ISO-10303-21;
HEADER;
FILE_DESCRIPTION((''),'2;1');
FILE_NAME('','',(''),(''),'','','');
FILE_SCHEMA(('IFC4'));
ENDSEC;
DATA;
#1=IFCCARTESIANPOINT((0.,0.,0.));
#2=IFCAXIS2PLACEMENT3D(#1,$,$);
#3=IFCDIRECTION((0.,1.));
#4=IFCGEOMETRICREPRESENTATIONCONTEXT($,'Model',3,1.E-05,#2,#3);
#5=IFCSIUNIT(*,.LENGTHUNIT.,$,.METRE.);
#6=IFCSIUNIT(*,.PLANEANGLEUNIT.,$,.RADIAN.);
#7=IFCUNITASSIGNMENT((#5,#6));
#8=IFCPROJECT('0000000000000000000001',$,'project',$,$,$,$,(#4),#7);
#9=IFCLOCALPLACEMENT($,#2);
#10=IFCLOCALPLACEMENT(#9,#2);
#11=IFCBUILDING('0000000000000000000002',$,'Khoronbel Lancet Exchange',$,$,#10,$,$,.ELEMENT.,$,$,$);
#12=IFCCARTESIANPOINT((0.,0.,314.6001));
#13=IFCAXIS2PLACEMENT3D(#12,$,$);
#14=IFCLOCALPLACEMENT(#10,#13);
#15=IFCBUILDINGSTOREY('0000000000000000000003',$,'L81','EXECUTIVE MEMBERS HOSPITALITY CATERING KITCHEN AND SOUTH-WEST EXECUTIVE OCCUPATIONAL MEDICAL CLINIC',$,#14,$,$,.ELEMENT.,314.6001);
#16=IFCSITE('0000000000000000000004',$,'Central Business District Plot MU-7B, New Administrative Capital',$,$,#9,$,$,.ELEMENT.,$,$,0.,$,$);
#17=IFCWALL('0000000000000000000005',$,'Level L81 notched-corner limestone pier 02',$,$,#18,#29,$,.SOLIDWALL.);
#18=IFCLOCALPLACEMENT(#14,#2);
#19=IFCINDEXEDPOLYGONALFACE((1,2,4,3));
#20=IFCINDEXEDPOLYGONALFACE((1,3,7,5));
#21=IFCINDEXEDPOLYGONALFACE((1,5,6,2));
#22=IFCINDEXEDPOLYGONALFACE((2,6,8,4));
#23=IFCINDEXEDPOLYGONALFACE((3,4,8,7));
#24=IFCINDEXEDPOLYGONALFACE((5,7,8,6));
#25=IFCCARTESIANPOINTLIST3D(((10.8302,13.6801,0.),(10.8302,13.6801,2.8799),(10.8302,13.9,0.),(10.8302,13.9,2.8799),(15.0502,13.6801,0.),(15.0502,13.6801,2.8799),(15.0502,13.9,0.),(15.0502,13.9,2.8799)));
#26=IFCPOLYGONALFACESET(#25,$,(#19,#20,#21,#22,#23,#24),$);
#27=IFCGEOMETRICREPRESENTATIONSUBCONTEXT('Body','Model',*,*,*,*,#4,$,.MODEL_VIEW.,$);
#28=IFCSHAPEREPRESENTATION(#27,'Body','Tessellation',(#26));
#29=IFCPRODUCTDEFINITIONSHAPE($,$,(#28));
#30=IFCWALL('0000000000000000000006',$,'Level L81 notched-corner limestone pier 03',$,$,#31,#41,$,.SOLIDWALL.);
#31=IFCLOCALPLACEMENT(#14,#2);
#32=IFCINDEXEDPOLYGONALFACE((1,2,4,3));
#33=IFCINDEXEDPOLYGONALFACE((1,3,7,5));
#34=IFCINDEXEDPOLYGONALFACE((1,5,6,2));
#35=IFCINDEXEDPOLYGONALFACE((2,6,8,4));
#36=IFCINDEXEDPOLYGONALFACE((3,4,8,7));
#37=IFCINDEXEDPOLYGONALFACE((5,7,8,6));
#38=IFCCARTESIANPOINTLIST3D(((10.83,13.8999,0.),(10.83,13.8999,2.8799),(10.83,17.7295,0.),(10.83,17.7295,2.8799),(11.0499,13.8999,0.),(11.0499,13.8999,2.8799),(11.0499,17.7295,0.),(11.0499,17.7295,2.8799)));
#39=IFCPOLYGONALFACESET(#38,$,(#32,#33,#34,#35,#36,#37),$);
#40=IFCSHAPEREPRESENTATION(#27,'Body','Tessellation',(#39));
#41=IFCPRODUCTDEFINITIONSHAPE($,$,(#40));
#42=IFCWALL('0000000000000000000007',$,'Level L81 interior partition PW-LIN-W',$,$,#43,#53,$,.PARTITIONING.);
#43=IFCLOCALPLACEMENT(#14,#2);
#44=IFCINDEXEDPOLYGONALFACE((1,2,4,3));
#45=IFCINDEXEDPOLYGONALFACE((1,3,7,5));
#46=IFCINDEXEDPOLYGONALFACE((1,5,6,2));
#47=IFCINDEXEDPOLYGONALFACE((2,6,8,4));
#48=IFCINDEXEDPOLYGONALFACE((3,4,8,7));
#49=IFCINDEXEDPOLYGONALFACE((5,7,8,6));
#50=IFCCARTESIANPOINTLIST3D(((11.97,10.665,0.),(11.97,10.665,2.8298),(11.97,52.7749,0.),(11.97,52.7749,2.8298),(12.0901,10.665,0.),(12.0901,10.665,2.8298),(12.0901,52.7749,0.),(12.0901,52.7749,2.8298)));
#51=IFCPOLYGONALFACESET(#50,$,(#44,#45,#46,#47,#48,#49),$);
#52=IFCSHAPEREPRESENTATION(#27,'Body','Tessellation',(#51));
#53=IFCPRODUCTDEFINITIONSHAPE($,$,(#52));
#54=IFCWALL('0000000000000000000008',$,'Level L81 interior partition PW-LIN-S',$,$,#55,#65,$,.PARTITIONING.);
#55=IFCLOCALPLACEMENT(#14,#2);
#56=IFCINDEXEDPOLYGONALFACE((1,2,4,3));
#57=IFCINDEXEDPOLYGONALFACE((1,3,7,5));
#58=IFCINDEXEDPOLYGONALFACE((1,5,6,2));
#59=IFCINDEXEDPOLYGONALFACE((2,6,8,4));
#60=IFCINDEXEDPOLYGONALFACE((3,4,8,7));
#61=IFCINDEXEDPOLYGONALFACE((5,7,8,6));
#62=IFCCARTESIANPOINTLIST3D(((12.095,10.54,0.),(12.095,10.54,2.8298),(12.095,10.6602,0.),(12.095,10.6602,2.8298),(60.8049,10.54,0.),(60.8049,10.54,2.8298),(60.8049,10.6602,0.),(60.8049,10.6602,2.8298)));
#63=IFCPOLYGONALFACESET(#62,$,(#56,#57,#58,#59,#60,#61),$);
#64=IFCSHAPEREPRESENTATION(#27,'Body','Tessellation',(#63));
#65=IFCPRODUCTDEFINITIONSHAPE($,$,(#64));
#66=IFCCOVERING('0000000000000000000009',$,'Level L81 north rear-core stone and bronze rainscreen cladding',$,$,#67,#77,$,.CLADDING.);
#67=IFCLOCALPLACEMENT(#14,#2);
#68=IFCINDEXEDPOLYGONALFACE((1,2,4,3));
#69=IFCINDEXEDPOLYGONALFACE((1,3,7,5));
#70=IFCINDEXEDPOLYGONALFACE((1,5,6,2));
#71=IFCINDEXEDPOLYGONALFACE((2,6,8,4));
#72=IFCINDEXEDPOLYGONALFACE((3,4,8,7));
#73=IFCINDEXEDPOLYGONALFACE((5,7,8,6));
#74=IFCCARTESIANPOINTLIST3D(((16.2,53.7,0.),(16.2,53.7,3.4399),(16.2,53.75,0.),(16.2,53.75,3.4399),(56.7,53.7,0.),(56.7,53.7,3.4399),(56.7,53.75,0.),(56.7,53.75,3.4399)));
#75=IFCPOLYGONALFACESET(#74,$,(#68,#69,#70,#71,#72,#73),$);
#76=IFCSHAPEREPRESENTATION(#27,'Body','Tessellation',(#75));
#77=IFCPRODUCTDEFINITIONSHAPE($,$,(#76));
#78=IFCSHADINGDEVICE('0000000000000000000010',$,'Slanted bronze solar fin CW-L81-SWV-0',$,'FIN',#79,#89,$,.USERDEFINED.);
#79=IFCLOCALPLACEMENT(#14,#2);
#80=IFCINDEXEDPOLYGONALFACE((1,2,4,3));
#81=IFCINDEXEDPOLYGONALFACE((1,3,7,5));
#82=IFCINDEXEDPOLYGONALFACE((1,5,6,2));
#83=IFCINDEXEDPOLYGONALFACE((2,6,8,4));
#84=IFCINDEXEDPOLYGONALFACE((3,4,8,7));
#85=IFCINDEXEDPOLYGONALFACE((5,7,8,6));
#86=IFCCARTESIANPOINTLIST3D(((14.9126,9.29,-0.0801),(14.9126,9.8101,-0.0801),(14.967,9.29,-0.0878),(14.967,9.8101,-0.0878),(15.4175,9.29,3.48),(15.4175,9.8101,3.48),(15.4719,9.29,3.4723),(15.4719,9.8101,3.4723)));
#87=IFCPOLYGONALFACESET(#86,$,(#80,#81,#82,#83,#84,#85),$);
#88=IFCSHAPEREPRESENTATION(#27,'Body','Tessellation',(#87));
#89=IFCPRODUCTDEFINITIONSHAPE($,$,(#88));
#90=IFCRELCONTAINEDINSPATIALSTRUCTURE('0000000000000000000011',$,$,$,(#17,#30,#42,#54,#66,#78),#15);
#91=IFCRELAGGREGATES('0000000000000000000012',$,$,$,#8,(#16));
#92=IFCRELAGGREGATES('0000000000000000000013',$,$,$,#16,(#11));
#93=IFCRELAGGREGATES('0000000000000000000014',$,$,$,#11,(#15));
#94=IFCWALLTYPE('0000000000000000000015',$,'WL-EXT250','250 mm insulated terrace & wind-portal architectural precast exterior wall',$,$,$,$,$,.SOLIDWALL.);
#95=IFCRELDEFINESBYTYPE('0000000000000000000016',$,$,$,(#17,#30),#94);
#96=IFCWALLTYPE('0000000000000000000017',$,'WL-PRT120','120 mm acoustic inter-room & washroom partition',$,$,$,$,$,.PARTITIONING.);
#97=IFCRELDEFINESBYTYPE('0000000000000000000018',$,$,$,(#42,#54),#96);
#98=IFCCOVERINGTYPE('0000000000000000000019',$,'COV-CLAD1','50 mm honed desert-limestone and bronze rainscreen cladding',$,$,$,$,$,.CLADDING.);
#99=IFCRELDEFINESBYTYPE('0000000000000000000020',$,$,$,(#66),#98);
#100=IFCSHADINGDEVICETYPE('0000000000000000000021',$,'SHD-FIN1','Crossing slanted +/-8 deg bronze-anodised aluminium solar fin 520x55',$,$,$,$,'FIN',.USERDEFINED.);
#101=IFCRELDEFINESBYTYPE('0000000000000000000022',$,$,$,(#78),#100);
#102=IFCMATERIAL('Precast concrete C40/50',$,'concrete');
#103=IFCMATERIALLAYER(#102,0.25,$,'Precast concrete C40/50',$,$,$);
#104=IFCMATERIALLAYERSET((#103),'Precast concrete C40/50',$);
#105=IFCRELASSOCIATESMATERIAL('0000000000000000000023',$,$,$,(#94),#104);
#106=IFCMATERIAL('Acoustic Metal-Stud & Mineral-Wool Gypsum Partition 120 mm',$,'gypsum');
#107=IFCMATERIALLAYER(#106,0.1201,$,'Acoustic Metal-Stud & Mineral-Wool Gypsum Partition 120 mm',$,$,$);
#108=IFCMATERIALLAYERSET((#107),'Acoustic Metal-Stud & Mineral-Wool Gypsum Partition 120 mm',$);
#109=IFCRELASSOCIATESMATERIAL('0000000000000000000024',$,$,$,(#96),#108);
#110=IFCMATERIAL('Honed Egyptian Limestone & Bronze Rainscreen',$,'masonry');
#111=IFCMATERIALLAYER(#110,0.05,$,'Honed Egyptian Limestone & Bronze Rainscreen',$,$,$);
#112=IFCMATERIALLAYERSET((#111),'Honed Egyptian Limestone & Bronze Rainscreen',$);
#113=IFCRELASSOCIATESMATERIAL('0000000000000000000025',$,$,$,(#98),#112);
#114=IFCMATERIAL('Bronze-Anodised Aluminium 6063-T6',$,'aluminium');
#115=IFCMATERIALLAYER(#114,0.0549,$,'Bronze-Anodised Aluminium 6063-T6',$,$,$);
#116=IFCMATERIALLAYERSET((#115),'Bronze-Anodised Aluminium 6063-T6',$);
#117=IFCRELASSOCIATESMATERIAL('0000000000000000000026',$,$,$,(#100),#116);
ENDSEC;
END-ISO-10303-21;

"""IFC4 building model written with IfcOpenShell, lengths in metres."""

from ifc_helpers import new_model, si_unit, direction, frame, frame_2d, origin, place, context, subcontext, project, spatial, polyline, rectangle, outline, extrude, material, layer, layer_set, type_object, element, save


model = new_model("IFC4")

# Units and contexts
model_context = context("Model", 3, precision=1e-05, world=origin(), true_north=direction((0.0, 1.0)))
body_context = subcontext(model_context, "Body", "Model", "MODEL_VIEW")
ifc_project = project(units=[si_unit("LENGTHUNIT", "METRE"), si_unit("PLANEANGLEUNIT", "RADIAN")], contexts=[model_context])

# Site, building, storey
site_placement = place(None, origin())
site = spatial("IfcSite", under=ifc_project, at=site_placement, Name="Central Business District Plot MU-7B, New Administrative Capital", CompositionType="ELEMENT", RefElevation=0.0)
building_placement = place(site_placement, origin())
building = spatial("IfcBuilding", under=site, at=building_placement, Name="Khoronbel Lancet Exchange", CompositionType="ELEMENT")
storey_placement = place(building_placement, frame((0.0, 0.0, 314.6001)))
storey = spatial("IfcBuildingStorey", under=building, at=storey_placement, Name="L81", Description="EXECUTIVE MEMBERS HOSPITALITY CATERING KITCHEN AND SOUTH-WEST EXECUTIVE OCCUPATIONAL MEDICAL CLINIC", CompositionType="ELEMENT", Elevation=314.6001)

# Shared definitions
ifc_material_1 = material(Name="Bronze-Anodised Aluminium 6063-T6", Category="aluminium")

# Walls
ifc_material_2 = material(Name="Precast concrete C40/50", Category="concrete")
ifc_layer_1 = layer(ifc_material_2, 0.25, Name="Precast concrete C40/50")
ifc_layer_set_1 = layer_set([ifc_layer_1], Name="Precast concrete C40/50")
wall_type_1 = type_object("IfcWallType", Name="WL-EXT250", Description="250 mm insulated terrace & wind-portal architectural precast exterior wall", PredefinedType="SOLIDWALL", material=ifc_layer_set_1)
wall_1_placement = place(storey_placement, frame((15.05, 13.79, 0.0), z_axis=(0.0, 0.0, 1.0), x_axis=(-1.0, 0.0, 0.0)))
element("IfcWall", 1, at=wall_1_placement, inside=storey, type_object=wall_type_1, Name="Level L81 notched-corner limestone pier 02", PredefinedType="SOLIDWALL", context=body_context, shape_type="SweptSolid", body=[
    extrude(rectangle(XDim=4.22, YDim=0.22, at=frame_2d((2.1099, 0.0))), origin(), (0.0, 0.0, 1.0), 2.8799),
])
wall_2_placement = place(storey_placement, frame((10.9399, 13.8999, 0.0), z_axis=(0.0, 0.0, 1.0), x_axis=(0.0, 1.0, 0.0)))
element("IfcWall", 2, at=wall_2_placement, inside=storey, type_object=wall_type_1, Name="Level L81 notched-corner limestone pier 03", PredefinedType="SOLIDWALL", context=body_context, shape_type="SweptSolid", body=[
    extrude(rectangle(XDim=3.8296, YDim=0.22, at=frame_2d((1.9148, 0.0))), origin(), (0.0, 0.0, 1.0), 2.8799),
])
ifc_material_3 = material(Name="Acoustic Metal-Stud & Mineral-Wool Gypsum Partition 120 mm", Category="gypsum")
ifc_layer_2 = layer(ifc_material_3, 0.1201, Name="Acoustic Metal-Stud & Mineral-Wool Gypsum Partition 120 mm")
ifc_layer_set_2 = layer_set([ifc_layer_2], Name="Acoustic Metal-Stud & Mineral-Wool Gypsum Partition 120 mm")
wall_type_2 = type_object("IfcWallType", Name="WL-PRT120", Description="120 mm acoustic inter-room & washroom partition", PredefinedType="PARTITIONING", material=ifc_layer_set_2)
wall_3_placement = place(storey_placement, frame((12.03, 10.665, 0.0), z_axis=(0.0, 0.0, 1.0), x_axis=(0.0, 1.0, 0.0)))
element("IfcWall", 3, at=wall_3_placement, inside=storey, type_object=wall_type_2, Name="Level L81 interior partition PW-LIN-W", PredefinedType="PARTITIONING", context=body_context, shape_type="SweptSolid", body=[
    extrude(rectangle(XDim=42.1099, YDim=0.1201, at=frame_2d((21.0549, 0.0))), origin(), (0.0, 0.0, 1.0), 2.8298),
])
wall_4_placement = place(storey_placement, frame((12.095, 10.6001, 0.0), z_axis=(0.0, 0.0, 1.0), x_axis=(1.0, 0.0, 0.0)))
element("IfcWall", 4, at=wall_4_placement, inside=storey, type_object=wall_type_2, Name="Level L81 interior partition PW-LIN-S", PredefinedType="PARTITIONING", context=body_context, shape_type="SweptSolid", body=[
    extrude(rectangle(XDim=48.71, YDim=0.1201, at=frame_2d((24.355, 0.0))), origin(), (0.0, 0.0, 1.0), 2.8298),
])

# Covering
ifc_material_4 = material(Name="Honed Egyptian Limestone & Bronze Rainscreen", Category="masonry")
ifc_layer_3 = layer(ifc_material_4, 0.05, Name="Honed Egyptian Limestone & Bronze Rainscreen")
ifc_layer_set_3 = layer_set([ifc_layer_3], Name="Honed Egyptian Limestone & Bronze Rainscreen")
covering_type = type_object("IfcCoveringType", Name="COV-CLAD1", Description="50 mm honed desert-limestone and bronze rainscreen cladding", PredefinedType="CLADDING", material=ifc_layer_set_3)
covering_placement = place(storey_placement, origin())
element("IfcCovering", 5, at=covering_placement, inside=storey, type_object=covering_type, Name="Level L81 north rear-core stone and bronze rainscreen cladding", PredefinedType="CLADDING", context=body_context, shape_type="SweptSolid", body=[
    extrude(outline(polyline([(16.2, 53.7), (56.7, 53.7), (56.7, 53.75), (16.2, 53.75), (16.2, 53.7)])), origin(), (0.0, 0.0, 1.0), 3.4399),
])

# Shading device
ifc_layer_4 = layer(ifc_material_1, 0.0549, Name="Bronze-Anodised Aluminium 6063-T6")
ifc_layer_set_4 = layer_set([ifc_layer_4], Name="Bronze-Anodised Aluminium 6063-T6")
shading_device_type = type_object("IfcShadingDeviceType", Name="SHD-FIN1", Description="Crossing slanted +/-8 deg bronze-anodised aluminium solar fin 520x55", ElementType="FIN", PredefinedType="USERDEFINED", material=ifc_layer_set_4)
shading_device_placement = place(storey_placement, frame((14.9126, 9.8101, -0.0801), z_axis=(-0.990093, 0.0, 0.140414), x_axis=(0.0, -1.0, 0.0)))
element("IfcShadingDevice", 6, at=shading_device_placement, inside=storey, type_object=shading_device_type, Name="Slanted bronze solar fin CW-L81-SWV-0", ObjectType="FIN", PredefinedType="USERDEFINED", context=body_context, shape_type="SweptSolid", body=[
    extrude(outline(polyline([(0.0, 0.0), (0.52, 0.0), (0.52, 3.5957), (0.0, 3.5957), (0.0, 0.0)])), origin(), (0.0, 0.0, -1.0), 0.0549),
])

save(model, "model.ifc")
